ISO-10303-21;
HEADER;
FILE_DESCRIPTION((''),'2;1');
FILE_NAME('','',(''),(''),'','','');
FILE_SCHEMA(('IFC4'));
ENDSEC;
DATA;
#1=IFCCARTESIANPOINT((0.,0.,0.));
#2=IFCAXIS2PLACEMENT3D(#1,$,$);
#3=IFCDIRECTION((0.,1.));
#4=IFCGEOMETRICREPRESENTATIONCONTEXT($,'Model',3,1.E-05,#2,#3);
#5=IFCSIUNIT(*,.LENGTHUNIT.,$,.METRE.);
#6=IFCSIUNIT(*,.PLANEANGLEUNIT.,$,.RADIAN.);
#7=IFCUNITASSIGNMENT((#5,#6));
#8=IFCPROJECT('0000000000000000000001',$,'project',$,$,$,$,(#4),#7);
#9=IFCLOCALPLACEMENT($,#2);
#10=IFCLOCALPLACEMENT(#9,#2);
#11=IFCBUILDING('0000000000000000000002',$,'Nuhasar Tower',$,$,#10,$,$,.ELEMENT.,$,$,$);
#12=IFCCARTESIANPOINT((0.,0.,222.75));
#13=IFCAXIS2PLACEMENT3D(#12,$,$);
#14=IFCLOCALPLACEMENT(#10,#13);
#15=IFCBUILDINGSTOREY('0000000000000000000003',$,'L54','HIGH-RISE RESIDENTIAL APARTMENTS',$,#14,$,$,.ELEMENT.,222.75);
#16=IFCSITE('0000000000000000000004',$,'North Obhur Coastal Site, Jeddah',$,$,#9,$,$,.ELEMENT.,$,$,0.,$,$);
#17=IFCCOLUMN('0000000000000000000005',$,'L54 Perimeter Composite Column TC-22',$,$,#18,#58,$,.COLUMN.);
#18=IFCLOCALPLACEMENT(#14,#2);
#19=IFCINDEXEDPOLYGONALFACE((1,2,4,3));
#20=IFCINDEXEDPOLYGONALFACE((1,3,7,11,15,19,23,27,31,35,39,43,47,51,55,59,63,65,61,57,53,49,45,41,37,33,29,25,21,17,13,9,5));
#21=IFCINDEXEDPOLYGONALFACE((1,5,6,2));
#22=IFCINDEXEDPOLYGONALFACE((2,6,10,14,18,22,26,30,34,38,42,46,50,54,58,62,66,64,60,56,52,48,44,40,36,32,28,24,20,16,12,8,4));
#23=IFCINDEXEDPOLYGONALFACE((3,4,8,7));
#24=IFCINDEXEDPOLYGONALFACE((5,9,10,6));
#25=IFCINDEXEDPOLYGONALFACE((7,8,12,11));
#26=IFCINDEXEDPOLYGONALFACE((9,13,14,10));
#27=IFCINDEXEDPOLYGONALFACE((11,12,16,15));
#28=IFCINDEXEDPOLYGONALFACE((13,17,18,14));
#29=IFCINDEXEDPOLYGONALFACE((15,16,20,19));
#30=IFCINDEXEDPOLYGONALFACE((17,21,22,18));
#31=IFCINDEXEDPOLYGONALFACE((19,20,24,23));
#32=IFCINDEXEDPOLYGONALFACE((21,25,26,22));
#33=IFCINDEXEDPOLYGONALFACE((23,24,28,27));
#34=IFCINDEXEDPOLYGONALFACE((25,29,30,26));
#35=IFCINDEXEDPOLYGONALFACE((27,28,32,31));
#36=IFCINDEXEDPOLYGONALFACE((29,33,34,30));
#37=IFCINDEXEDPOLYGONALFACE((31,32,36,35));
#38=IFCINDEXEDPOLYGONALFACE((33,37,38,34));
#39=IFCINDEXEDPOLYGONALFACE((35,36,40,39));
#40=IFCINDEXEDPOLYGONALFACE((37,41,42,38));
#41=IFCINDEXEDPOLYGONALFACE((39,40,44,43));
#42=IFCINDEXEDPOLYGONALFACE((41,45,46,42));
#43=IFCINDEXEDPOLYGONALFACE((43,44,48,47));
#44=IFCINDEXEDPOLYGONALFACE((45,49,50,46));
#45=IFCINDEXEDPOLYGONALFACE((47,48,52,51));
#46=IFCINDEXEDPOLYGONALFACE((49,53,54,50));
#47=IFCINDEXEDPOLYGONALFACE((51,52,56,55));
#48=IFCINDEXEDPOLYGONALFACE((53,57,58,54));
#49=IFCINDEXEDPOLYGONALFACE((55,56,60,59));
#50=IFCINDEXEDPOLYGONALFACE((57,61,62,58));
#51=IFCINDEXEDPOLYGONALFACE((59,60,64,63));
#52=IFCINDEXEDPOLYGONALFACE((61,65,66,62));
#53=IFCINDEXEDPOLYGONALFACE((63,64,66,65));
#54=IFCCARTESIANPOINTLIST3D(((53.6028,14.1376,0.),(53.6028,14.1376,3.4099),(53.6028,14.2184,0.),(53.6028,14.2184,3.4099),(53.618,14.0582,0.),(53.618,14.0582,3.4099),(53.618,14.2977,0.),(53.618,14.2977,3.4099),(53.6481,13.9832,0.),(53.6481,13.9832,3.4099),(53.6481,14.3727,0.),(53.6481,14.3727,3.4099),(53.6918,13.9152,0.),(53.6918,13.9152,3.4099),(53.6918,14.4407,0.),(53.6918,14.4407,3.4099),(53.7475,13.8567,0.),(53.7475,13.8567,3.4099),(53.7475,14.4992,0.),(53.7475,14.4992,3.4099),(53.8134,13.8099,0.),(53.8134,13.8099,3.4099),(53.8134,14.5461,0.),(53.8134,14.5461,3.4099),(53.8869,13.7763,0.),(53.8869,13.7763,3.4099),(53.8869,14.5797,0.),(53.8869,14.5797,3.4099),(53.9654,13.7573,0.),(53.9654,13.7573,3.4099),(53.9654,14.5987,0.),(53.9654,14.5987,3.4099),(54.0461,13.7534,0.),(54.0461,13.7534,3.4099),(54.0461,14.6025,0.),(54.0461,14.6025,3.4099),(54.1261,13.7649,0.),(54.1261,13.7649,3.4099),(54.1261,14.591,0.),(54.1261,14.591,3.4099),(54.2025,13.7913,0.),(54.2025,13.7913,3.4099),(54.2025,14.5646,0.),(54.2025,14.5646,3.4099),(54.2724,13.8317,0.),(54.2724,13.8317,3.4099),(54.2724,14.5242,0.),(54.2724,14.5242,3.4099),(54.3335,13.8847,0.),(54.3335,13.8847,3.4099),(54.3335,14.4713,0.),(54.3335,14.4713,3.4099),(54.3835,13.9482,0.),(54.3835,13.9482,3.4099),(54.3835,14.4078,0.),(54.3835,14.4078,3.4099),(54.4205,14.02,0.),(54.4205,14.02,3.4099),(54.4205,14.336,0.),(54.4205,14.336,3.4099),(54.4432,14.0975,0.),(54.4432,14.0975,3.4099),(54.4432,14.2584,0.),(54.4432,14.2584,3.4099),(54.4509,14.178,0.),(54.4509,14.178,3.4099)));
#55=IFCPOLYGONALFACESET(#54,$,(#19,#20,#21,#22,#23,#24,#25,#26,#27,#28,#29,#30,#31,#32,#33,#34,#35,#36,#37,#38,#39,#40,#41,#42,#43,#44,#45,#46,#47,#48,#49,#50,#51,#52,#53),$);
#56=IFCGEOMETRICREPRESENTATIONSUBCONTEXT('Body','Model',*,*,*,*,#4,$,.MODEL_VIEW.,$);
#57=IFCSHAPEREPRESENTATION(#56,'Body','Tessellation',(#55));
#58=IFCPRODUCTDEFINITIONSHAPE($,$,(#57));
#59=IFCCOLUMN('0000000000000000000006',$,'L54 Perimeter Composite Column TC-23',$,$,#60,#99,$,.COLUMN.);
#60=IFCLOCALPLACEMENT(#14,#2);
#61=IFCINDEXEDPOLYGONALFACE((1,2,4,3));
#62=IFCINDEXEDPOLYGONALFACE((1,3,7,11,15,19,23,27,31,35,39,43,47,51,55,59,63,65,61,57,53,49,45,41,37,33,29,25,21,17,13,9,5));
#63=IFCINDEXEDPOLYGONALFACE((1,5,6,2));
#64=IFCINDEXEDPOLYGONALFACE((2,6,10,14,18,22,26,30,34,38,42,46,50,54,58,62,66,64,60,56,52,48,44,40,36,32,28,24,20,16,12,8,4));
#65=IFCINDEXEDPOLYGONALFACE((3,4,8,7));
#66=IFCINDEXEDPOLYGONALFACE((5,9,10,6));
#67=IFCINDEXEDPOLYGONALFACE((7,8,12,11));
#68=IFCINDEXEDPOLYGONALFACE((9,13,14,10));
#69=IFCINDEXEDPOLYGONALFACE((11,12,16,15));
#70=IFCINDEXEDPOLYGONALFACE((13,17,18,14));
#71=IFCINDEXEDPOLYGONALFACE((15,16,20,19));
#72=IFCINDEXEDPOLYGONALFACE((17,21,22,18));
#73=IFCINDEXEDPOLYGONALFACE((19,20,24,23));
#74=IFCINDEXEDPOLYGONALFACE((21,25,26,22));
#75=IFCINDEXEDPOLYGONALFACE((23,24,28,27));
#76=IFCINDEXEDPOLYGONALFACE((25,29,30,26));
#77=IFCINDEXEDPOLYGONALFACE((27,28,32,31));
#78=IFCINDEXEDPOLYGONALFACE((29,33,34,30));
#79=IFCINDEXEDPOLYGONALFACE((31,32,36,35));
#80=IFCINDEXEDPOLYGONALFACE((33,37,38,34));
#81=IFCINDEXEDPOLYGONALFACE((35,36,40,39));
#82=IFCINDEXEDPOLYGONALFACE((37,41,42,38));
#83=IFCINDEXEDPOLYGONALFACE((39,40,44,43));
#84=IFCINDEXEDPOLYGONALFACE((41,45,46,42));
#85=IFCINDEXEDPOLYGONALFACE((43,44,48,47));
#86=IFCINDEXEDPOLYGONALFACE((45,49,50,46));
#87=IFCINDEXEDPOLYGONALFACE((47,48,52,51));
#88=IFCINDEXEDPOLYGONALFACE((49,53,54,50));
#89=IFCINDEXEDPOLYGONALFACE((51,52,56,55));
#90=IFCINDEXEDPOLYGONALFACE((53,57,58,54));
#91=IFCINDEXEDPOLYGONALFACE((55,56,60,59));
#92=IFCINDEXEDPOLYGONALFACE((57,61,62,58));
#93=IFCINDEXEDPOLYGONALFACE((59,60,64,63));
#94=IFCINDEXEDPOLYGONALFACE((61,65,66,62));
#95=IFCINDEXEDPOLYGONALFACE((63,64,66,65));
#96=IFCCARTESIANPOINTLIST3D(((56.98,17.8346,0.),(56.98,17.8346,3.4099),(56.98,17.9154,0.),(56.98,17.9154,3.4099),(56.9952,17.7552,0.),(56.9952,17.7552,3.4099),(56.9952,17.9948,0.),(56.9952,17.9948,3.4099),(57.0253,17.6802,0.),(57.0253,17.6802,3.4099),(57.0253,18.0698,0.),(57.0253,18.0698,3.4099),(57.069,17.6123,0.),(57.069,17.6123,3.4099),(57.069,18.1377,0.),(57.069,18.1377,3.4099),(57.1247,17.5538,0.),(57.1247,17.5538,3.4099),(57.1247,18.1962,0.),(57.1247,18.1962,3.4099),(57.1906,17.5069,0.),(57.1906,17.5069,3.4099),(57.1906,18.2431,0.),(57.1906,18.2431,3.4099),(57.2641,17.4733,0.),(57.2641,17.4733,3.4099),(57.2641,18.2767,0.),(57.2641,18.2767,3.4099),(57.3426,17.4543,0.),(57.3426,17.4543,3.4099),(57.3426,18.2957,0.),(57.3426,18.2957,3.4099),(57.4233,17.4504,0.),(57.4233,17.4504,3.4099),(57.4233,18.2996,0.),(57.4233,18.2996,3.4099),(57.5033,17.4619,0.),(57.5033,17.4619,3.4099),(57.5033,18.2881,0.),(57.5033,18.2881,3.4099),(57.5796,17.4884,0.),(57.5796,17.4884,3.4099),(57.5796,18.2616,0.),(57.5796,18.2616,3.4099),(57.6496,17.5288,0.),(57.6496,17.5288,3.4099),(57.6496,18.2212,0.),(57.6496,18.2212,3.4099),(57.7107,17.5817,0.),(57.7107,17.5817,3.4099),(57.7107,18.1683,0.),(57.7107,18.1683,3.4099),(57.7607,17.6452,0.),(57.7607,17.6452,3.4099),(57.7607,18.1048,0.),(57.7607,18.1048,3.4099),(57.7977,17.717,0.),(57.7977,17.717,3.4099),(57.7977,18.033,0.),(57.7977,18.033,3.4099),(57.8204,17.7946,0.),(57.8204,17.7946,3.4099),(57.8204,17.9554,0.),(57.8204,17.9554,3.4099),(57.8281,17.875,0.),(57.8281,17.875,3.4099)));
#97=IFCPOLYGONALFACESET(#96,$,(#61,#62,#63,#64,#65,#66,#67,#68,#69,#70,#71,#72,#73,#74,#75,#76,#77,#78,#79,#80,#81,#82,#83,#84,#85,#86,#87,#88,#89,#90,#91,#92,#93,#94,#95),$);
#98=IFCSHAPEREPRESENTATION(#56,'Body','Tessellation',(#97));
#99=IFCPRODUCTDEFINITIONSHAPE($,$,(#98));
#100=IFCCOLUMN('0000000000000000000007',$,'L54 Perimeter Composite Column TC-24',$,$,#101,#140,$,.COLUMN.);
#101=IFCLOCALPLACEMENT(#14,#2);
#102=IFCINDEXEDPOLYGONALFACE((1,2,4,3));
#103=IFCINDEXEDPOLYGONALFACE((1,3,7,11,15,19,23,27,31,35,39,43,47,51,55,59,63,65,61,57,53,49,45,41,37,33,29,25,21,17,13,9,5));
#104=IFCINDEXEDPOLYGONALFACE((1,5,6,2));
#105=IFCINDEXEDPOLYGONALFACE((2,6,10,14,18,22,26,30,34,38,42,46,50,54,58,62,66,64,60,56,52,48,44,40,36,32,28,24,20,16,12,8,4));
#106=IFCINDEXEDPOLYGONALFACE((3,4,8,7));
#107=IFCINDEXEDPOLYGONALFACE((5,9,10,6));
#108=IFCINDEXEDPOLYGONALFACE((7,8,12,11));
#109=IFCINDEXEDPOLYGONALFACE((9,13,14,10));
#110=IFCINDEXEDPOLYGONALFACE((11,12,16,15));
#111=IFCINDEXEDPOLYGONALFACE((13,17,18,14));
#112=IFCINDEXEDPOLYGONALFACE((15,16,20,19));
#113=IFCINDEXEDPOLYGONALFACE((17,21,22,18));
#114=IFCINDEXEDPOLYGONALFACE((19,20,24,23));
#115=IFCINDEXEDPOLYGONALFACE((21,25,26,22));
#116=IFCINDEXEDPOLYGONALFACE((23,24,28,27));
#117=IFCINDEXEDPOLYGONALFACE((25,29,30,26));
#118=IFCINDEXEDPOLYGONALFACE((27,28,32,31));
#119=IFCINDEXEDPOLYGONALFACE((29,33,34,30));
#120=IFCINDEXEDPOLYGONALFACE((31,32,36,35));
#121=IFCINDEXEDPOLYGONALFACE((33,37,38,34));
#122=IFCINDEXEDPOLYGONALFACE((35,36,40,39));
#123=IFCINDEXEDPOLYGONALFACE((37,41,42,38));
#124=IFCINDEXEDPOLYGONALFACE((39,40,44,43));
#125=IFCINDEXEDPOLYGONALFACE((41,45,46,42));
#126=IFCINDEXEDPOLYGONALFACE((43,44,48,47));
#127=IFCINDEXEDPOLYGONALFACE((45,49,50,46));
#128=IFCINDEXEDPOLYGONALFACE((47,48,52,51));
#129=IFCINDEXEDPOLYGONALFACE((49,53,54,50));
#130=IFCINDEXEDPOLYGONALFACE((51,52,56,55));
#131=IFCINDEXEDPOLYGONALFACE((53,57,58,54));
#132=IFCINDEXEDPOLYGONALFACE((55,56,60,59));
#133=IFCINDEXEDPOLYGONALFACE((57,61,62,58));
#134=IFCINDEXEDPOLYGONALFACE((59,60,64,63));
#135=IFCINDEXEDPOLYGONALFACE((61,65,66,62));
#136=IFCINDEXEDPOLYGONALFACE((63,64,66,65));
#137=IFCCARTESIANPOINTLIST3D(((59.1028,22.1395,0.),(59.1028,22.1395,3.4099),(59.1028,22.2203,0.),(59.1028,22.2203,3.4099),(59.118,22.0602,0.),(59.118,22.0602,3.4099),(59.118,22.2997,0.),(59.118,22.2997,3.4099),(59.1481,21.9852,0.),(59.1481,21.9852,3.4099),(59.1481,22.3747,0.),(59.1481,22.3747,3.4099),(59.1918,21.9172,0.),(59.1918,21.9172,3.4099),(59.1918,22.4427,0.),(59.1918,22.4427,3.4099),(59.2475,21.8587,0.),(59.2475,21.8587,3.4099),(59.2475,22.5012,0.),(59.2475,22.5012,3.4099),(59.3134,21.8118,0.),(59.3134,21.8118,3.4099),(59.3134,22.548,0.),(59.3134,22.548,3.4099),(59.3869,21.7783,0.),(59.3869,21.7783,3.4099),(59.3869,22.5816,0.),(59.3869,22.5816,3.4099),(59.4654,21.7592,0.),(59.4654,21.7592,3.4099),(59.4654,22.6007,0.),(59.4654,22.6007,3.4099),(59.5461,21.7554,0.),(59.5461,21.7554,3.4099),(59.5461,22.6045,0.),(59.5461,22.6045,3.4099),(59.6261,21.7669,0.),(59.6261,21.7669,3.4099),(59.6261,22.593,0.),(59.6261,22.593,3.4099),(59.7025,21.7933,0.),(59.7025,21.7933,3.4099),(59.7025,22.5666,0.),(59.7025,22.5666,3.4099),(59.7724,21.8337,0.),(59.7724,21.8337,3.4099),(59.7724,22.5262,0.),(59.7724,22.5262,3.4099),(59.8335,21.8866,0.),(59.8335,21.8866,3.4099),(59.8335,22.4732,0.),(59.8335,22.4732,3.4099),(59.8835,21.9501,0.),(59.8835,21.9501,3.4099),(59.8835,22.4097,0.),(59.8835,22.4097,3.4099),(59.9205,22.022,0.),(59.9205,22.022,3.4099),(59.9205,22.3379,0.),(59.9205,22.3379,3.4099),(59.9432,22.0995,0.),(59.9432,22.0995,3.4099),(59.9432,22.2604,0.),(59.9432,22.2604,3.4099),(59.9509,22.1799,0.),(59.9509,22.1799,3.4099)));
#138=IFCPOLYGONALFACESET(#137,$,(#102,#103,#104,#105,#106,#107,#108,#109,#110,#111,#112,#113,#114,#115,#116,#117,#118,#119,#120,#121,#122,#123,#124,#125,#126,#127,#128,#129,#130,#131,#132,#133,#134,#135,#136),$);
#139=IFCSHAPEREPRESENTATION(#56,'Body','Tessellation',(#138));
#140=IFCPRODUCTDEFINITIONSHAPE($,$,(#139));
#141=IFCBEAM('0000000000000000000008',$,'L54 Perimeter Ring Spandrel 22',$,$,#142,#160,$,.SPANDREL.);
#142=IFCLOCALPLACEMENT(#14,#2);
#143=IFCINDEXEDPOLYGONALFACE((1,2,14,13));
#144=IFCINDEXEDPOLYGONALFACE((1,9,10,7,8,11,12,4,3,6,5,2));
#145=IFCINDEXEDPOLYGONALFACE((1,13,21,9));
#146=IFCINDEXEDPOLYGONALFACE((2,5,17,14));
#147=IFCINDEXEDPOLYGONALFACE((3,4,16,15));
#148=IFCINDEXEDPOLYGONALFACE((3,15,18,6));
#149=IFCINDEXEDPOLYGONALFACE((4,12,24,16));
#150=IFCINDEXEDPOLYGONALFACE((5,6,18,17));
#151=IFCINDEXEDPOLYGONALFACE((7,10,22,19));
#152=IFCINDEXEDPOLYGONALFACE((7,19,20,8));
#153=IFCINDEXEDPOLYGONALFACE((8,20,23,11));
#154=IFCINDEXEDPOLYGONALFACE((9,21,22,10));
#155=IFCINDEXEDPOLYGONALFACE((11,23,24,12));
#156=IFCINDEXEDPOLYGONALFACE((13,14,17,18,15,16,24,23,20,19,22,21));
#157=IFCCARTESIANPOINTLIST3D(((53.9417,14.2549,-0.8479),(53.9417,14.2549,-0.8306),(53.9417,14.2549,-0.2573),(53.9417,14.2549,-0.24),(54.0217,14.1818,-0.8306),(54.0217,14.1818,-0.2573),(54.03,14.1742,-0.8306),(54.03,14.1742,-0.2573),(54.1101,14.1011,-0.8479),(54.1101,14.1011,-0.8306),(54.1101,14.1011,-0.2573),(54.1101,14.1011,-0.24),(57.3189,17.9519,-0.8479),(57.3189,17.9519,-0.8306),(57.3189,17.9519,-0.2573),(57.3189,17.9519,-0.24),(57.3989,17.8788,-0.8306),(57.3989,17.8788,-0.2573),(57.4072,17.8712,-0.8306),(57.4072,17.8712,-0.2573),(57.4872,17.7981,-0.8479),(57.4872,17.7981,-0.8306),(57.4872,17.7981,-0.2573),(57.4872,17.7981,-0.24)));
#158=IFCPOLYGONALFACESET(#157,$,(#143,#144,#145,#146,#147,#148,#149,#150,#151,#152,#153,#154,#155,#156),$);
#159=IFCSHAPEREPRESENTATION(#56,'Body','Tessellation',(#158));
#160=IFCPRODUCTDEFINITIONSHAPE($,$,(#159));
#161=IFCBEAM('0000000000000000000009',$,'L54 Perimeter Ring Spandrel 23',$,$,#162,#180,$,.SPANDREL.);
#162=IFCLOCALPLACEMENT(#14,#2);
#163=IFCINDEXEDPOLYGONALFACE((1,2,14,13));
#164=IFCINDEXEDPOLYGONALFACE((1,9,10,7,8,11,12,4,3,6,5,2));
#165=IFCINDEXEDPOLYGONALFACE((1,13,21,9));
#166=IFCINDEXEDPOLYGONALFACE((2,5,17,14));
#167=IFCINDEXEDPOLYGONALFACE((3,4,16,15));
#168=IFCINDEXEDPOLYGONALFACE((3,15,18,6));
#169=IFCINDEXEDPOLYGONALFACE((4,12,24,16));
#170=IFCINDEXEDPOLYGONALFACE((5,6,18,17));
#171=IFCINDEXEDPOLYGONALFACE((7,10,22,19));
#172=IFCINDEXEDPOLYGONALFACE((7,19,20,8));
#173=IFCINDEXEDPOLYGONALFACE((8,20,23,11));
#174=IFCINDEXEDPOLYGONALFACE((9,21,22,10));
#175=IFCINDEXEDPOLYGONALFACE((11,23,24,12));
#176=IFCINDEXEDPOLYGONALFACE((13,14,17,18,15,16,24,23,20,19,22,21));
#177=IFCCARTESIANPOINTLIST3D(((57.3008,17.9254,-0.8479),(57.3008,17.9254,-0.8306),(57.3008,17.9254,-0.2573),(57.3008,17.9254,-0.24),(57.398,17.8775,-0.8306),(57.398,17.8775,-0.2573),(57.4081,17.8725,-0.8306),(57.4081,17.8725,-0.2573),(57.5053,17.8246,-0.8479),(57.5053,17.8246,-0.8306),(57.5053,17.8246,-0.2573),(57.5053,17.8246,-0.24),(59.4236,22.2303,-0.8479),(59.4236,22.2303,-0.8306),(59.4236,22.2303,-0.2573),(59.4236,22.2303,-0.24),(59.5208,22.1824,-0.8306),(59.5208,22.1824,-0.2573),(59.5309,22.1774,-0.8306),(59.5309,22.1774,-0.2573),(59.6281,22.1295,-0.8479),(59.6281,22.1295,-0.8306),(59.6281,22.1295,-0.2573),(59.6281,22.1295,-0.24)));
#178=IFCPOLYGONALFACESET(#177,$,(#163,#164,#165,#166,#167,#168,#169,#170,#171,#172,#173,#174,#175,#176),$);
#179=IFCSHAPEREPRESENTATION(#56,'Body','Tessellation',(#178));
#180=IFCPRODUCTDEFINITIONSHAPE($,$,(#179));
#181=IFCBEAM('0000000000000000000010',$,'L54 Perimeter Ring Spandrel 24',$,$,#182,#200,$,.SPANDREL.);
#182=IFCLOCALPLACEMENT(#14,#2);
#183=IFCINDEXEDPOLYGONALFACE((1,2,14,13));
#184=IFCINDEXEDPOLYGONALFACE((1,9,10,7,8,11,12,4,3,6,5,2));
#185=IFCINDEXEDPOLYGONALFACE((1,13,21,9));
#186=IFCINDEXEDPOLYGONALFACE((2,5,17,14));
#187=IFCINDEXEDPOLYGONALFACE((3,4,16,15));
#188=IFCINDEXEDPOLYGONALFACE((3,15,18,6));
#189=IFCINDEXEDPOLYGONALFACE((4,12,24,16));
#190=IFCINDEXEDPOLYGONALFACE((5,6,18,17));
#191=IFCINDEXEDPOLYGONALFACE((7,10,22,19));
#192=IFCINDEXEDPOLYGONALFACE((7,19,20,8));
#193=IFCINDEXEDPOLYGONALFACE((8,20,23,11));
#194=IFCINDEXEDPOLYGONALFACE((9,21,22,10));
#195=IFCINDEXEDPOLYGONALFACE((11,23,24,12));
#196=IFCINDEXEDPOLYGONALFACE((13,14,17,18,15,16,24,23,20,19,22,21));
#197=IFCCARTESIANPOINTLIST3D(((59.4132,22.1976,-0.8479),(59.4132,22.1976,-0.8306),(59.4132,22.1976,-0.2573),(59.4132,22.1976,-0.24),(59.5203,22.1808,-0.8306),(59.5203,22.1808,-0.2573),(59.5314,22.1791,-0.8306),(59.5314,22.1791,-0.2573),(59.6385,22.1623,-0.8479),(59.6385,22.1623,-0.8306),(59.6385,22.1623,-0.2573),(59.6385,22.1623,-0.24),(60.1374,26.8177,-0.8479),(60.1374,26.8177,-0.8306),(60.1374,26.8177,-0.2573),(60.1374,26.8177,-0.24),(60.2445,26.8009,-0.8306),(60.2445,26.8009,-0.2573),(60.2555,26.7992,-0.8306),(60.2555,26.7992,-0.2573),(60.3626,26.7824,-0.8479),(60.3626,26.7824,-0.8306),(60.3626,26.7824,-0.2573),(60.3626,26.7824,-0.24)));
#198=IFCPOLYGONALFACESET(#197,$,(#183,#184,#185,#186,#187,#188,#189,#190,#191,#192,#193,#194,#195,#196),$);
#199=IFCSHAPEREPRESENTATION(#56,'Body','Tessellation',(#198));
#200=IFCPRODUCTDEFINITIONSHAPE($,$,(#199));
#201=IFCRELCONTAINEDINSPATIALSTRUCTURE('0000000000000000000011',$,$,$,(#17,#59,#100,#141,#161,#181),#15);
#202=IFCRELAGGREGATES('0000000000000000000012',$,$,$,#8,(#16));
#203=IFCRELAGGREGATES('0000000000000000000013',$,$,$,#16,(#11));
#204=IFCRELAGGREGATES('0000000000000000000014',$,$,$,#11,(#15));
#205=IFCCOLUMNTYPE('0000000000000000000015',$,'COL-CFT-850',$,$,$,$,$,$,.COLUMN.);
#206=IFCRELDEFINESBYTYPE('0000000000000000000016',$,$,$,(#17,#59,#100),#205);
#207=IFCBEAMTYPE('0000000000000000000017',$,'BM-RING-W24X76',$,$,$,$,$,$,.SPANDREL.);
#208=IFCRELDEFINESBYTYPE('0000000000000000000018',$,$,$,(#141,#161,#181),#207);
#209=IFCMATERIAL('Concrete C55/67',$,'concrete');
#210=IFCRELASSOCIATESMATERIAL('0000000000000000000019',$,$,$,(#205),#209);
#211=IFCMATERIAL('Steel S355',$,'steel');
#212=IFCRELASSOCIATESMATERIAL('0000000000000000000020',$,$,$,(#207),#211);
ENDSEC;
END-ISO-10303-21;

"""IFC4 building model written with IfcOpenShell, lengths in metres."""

from ifc_helpers import new_model, si_unit, direction, frame, origin, origin_2d, place, context, subcontext, project, spatial, circle, i_section, extrude, material, material_profile, profile_set, type_object, element, save


model = new_model("IFC4")

# Units and contexts
model_context = context("Model", 3, precision=1e-05, world=origin(), true_north=direction((0.0, 1.0)))
body_context = subcontext(model_context, "Body", "Model", "MODEL_VIEW")
ifc_project = project(units=[si_unit("LENGTHUNIT", "METRE"), si_unit("PLANEANGLEUNIT", "RADIAN")], contexts=[model_context])

# Site, building, storey
site_placement = place(None, origin())
site = spatial("IfcSite", under=ifc_project, at=site_placement, Name="North Obhur Coastal Site, Jeddah", CompositionType="ELEMENT", RefElevation=0.0)
building_placement = place(site_placement, origin())
building = spatial("IfcBuilding", under=site, at=building_placement, Name="Nuhasar Tower", CompositionType="ELEMENT")
storey_placement = place(building_placement, frame((0.0, 0.0, 222.75)))
storey = spatial("IfcBuildingStorey", under=building, at=storey_placement, Name="L54", Description="HIGH-RISE RESIDENTIAL APARTMENTS", CompositionType="ELEMENT", Elevation=222.75)

# Columns
ifc_material_1 = material(Name="Concrete C55/67", Category="concrete")
ifc_material_profile_1 = material_profile(ifc_material_1, circle(Radius=0.425, at=origin_2d()), Name="CFT850")
ifc_profile_set_1 = profile_set([ifc_material_profile_1], Name="Concrete C55/67")
column_type = type_object("IfcColumnType", Name="COL-CFT-850", PredefinedType="COLUMN", material=ifc_profile_set_1)
for number, where, z_axis, x_axis, name in (
    (1, (54.0259, 14.178, 0.0), (0.0, 0.0, 1.0), (1.0, 0.0, 0.0), "L54 Perimeter Composite Column TC-22"),
    (2, (57.4031, 17.875, 0.0), (0.0, 0.0, 1.0), (1.0, 0.0, 0.0), "L54 Perimeter Composite Column TC-23"),
    (3, (59.5259, 22.1799, 0.0), (0.0, 0.0, 1.0), (1.0, 0.0, 0.0), "L54 Perimeter Composite Column TC-24"),
):
    element("IfcColumn", number, at=place(storey_placement, frame(where, z_axis=z_axis, x_axis=x_axis)), inside=storey, type_object=column_type, Name=name, PredefinedType="COLUMN", context=body_context, shape_type="SweptSolid", body=[
        extrude(circle(Radius=0.425, at=origin_2d()), origin(), (0.0, 0.0, 1.0), 3.4099),
    ])

# Beams
ifc_material_2 = material(Name="Steel S355", Category="steel")
ifc_material_profile_2 = material_profile(ifc_material_2, i_section(OverallWidth=0.228, OverallDepth=0.6079, WebThickness=0.0112, FlangeThickness=0.0173, at=origin_2d()), Name="W24X76")
ifc_profile_set_2 = profile_set([ifc_material_profile_2], Name="Steel S355")
beam_type_1 = type_object("IfcBeamType", Name="BM-RING-W24X76", PredefinedType="SPANDREL", material=ifc_profile_set_2)
beam_1_placement = place(storey_placement, frame((54.0259, 14.178, -0.5439), z_axis=(0.67445, 0.738321, 0.0), x_axis=(-0.738321, 0.67445, 0.0)))
element("IfcBeam", 4, at=beam_1_placement, inside=storey, type_object=beam_type_1, Name="L54 Perimeter Ring Spandrel 22", PredefinedType="SPANDREL", context=body_context, shape_type="SweptSolid", body=[
    extrude(i_section(OverallWidth=0.228, OverallDepth=0.6079, WebThickness=0.0112, FlangeThickness=0.0173, at=origin_2d()), origin(), (0.0, 0.0, 1.0), 5.0073),
])
beam_2_placement = place(storey_placement, frame((57.4031, 17.875, -0.5439), z_axis=(0.442263, 0.896886, 0.0), x_axis=(-0.896886, 0.442263, 0.0)))
element("IfcBeam", 5, at=beam_2_placement, inside=storey, type_object=beam_type_1, Name="L54 Perimeter Ring Spandrel 23", PredefinedType="SPANDREL", context=body_context, shape_type="SweptSolid", body=[
    extrude(i_section(OverallWidth=0.228, OverallDepth=0.6079, WebThickness=0.0112, FlangeThickness=0.0173, at=origin_2d()), origin(), (0.0, 0.0, 1.0), 4.7998),
])
beam_3_placement = place(storey_placement, frame((59.5259, 22.1799, -0.5439), z_axis=(0.154842, 0.987939, 0.0), x_axis=(-0.987939, 0.154842, 0.0)))
element("IfcBeam", 6, at=beam_3_placement, inside=storey, type_object=beam_type_1, Name="L54 Perimeter Ring Spandrel 24", PredefinedType="SPANDREL", context=body_context, shape_type="SweptSolid", body=[
    extrude(i_section(OverallWidth=0.228, OverallDepth=0.6079, WebThickness=0.0112, FlangeThickness=0.0173, at=origin_2d()), origin(), (0.0, 0.0, 1.0), 4.6765),
])

save(model, "model.ifc")
